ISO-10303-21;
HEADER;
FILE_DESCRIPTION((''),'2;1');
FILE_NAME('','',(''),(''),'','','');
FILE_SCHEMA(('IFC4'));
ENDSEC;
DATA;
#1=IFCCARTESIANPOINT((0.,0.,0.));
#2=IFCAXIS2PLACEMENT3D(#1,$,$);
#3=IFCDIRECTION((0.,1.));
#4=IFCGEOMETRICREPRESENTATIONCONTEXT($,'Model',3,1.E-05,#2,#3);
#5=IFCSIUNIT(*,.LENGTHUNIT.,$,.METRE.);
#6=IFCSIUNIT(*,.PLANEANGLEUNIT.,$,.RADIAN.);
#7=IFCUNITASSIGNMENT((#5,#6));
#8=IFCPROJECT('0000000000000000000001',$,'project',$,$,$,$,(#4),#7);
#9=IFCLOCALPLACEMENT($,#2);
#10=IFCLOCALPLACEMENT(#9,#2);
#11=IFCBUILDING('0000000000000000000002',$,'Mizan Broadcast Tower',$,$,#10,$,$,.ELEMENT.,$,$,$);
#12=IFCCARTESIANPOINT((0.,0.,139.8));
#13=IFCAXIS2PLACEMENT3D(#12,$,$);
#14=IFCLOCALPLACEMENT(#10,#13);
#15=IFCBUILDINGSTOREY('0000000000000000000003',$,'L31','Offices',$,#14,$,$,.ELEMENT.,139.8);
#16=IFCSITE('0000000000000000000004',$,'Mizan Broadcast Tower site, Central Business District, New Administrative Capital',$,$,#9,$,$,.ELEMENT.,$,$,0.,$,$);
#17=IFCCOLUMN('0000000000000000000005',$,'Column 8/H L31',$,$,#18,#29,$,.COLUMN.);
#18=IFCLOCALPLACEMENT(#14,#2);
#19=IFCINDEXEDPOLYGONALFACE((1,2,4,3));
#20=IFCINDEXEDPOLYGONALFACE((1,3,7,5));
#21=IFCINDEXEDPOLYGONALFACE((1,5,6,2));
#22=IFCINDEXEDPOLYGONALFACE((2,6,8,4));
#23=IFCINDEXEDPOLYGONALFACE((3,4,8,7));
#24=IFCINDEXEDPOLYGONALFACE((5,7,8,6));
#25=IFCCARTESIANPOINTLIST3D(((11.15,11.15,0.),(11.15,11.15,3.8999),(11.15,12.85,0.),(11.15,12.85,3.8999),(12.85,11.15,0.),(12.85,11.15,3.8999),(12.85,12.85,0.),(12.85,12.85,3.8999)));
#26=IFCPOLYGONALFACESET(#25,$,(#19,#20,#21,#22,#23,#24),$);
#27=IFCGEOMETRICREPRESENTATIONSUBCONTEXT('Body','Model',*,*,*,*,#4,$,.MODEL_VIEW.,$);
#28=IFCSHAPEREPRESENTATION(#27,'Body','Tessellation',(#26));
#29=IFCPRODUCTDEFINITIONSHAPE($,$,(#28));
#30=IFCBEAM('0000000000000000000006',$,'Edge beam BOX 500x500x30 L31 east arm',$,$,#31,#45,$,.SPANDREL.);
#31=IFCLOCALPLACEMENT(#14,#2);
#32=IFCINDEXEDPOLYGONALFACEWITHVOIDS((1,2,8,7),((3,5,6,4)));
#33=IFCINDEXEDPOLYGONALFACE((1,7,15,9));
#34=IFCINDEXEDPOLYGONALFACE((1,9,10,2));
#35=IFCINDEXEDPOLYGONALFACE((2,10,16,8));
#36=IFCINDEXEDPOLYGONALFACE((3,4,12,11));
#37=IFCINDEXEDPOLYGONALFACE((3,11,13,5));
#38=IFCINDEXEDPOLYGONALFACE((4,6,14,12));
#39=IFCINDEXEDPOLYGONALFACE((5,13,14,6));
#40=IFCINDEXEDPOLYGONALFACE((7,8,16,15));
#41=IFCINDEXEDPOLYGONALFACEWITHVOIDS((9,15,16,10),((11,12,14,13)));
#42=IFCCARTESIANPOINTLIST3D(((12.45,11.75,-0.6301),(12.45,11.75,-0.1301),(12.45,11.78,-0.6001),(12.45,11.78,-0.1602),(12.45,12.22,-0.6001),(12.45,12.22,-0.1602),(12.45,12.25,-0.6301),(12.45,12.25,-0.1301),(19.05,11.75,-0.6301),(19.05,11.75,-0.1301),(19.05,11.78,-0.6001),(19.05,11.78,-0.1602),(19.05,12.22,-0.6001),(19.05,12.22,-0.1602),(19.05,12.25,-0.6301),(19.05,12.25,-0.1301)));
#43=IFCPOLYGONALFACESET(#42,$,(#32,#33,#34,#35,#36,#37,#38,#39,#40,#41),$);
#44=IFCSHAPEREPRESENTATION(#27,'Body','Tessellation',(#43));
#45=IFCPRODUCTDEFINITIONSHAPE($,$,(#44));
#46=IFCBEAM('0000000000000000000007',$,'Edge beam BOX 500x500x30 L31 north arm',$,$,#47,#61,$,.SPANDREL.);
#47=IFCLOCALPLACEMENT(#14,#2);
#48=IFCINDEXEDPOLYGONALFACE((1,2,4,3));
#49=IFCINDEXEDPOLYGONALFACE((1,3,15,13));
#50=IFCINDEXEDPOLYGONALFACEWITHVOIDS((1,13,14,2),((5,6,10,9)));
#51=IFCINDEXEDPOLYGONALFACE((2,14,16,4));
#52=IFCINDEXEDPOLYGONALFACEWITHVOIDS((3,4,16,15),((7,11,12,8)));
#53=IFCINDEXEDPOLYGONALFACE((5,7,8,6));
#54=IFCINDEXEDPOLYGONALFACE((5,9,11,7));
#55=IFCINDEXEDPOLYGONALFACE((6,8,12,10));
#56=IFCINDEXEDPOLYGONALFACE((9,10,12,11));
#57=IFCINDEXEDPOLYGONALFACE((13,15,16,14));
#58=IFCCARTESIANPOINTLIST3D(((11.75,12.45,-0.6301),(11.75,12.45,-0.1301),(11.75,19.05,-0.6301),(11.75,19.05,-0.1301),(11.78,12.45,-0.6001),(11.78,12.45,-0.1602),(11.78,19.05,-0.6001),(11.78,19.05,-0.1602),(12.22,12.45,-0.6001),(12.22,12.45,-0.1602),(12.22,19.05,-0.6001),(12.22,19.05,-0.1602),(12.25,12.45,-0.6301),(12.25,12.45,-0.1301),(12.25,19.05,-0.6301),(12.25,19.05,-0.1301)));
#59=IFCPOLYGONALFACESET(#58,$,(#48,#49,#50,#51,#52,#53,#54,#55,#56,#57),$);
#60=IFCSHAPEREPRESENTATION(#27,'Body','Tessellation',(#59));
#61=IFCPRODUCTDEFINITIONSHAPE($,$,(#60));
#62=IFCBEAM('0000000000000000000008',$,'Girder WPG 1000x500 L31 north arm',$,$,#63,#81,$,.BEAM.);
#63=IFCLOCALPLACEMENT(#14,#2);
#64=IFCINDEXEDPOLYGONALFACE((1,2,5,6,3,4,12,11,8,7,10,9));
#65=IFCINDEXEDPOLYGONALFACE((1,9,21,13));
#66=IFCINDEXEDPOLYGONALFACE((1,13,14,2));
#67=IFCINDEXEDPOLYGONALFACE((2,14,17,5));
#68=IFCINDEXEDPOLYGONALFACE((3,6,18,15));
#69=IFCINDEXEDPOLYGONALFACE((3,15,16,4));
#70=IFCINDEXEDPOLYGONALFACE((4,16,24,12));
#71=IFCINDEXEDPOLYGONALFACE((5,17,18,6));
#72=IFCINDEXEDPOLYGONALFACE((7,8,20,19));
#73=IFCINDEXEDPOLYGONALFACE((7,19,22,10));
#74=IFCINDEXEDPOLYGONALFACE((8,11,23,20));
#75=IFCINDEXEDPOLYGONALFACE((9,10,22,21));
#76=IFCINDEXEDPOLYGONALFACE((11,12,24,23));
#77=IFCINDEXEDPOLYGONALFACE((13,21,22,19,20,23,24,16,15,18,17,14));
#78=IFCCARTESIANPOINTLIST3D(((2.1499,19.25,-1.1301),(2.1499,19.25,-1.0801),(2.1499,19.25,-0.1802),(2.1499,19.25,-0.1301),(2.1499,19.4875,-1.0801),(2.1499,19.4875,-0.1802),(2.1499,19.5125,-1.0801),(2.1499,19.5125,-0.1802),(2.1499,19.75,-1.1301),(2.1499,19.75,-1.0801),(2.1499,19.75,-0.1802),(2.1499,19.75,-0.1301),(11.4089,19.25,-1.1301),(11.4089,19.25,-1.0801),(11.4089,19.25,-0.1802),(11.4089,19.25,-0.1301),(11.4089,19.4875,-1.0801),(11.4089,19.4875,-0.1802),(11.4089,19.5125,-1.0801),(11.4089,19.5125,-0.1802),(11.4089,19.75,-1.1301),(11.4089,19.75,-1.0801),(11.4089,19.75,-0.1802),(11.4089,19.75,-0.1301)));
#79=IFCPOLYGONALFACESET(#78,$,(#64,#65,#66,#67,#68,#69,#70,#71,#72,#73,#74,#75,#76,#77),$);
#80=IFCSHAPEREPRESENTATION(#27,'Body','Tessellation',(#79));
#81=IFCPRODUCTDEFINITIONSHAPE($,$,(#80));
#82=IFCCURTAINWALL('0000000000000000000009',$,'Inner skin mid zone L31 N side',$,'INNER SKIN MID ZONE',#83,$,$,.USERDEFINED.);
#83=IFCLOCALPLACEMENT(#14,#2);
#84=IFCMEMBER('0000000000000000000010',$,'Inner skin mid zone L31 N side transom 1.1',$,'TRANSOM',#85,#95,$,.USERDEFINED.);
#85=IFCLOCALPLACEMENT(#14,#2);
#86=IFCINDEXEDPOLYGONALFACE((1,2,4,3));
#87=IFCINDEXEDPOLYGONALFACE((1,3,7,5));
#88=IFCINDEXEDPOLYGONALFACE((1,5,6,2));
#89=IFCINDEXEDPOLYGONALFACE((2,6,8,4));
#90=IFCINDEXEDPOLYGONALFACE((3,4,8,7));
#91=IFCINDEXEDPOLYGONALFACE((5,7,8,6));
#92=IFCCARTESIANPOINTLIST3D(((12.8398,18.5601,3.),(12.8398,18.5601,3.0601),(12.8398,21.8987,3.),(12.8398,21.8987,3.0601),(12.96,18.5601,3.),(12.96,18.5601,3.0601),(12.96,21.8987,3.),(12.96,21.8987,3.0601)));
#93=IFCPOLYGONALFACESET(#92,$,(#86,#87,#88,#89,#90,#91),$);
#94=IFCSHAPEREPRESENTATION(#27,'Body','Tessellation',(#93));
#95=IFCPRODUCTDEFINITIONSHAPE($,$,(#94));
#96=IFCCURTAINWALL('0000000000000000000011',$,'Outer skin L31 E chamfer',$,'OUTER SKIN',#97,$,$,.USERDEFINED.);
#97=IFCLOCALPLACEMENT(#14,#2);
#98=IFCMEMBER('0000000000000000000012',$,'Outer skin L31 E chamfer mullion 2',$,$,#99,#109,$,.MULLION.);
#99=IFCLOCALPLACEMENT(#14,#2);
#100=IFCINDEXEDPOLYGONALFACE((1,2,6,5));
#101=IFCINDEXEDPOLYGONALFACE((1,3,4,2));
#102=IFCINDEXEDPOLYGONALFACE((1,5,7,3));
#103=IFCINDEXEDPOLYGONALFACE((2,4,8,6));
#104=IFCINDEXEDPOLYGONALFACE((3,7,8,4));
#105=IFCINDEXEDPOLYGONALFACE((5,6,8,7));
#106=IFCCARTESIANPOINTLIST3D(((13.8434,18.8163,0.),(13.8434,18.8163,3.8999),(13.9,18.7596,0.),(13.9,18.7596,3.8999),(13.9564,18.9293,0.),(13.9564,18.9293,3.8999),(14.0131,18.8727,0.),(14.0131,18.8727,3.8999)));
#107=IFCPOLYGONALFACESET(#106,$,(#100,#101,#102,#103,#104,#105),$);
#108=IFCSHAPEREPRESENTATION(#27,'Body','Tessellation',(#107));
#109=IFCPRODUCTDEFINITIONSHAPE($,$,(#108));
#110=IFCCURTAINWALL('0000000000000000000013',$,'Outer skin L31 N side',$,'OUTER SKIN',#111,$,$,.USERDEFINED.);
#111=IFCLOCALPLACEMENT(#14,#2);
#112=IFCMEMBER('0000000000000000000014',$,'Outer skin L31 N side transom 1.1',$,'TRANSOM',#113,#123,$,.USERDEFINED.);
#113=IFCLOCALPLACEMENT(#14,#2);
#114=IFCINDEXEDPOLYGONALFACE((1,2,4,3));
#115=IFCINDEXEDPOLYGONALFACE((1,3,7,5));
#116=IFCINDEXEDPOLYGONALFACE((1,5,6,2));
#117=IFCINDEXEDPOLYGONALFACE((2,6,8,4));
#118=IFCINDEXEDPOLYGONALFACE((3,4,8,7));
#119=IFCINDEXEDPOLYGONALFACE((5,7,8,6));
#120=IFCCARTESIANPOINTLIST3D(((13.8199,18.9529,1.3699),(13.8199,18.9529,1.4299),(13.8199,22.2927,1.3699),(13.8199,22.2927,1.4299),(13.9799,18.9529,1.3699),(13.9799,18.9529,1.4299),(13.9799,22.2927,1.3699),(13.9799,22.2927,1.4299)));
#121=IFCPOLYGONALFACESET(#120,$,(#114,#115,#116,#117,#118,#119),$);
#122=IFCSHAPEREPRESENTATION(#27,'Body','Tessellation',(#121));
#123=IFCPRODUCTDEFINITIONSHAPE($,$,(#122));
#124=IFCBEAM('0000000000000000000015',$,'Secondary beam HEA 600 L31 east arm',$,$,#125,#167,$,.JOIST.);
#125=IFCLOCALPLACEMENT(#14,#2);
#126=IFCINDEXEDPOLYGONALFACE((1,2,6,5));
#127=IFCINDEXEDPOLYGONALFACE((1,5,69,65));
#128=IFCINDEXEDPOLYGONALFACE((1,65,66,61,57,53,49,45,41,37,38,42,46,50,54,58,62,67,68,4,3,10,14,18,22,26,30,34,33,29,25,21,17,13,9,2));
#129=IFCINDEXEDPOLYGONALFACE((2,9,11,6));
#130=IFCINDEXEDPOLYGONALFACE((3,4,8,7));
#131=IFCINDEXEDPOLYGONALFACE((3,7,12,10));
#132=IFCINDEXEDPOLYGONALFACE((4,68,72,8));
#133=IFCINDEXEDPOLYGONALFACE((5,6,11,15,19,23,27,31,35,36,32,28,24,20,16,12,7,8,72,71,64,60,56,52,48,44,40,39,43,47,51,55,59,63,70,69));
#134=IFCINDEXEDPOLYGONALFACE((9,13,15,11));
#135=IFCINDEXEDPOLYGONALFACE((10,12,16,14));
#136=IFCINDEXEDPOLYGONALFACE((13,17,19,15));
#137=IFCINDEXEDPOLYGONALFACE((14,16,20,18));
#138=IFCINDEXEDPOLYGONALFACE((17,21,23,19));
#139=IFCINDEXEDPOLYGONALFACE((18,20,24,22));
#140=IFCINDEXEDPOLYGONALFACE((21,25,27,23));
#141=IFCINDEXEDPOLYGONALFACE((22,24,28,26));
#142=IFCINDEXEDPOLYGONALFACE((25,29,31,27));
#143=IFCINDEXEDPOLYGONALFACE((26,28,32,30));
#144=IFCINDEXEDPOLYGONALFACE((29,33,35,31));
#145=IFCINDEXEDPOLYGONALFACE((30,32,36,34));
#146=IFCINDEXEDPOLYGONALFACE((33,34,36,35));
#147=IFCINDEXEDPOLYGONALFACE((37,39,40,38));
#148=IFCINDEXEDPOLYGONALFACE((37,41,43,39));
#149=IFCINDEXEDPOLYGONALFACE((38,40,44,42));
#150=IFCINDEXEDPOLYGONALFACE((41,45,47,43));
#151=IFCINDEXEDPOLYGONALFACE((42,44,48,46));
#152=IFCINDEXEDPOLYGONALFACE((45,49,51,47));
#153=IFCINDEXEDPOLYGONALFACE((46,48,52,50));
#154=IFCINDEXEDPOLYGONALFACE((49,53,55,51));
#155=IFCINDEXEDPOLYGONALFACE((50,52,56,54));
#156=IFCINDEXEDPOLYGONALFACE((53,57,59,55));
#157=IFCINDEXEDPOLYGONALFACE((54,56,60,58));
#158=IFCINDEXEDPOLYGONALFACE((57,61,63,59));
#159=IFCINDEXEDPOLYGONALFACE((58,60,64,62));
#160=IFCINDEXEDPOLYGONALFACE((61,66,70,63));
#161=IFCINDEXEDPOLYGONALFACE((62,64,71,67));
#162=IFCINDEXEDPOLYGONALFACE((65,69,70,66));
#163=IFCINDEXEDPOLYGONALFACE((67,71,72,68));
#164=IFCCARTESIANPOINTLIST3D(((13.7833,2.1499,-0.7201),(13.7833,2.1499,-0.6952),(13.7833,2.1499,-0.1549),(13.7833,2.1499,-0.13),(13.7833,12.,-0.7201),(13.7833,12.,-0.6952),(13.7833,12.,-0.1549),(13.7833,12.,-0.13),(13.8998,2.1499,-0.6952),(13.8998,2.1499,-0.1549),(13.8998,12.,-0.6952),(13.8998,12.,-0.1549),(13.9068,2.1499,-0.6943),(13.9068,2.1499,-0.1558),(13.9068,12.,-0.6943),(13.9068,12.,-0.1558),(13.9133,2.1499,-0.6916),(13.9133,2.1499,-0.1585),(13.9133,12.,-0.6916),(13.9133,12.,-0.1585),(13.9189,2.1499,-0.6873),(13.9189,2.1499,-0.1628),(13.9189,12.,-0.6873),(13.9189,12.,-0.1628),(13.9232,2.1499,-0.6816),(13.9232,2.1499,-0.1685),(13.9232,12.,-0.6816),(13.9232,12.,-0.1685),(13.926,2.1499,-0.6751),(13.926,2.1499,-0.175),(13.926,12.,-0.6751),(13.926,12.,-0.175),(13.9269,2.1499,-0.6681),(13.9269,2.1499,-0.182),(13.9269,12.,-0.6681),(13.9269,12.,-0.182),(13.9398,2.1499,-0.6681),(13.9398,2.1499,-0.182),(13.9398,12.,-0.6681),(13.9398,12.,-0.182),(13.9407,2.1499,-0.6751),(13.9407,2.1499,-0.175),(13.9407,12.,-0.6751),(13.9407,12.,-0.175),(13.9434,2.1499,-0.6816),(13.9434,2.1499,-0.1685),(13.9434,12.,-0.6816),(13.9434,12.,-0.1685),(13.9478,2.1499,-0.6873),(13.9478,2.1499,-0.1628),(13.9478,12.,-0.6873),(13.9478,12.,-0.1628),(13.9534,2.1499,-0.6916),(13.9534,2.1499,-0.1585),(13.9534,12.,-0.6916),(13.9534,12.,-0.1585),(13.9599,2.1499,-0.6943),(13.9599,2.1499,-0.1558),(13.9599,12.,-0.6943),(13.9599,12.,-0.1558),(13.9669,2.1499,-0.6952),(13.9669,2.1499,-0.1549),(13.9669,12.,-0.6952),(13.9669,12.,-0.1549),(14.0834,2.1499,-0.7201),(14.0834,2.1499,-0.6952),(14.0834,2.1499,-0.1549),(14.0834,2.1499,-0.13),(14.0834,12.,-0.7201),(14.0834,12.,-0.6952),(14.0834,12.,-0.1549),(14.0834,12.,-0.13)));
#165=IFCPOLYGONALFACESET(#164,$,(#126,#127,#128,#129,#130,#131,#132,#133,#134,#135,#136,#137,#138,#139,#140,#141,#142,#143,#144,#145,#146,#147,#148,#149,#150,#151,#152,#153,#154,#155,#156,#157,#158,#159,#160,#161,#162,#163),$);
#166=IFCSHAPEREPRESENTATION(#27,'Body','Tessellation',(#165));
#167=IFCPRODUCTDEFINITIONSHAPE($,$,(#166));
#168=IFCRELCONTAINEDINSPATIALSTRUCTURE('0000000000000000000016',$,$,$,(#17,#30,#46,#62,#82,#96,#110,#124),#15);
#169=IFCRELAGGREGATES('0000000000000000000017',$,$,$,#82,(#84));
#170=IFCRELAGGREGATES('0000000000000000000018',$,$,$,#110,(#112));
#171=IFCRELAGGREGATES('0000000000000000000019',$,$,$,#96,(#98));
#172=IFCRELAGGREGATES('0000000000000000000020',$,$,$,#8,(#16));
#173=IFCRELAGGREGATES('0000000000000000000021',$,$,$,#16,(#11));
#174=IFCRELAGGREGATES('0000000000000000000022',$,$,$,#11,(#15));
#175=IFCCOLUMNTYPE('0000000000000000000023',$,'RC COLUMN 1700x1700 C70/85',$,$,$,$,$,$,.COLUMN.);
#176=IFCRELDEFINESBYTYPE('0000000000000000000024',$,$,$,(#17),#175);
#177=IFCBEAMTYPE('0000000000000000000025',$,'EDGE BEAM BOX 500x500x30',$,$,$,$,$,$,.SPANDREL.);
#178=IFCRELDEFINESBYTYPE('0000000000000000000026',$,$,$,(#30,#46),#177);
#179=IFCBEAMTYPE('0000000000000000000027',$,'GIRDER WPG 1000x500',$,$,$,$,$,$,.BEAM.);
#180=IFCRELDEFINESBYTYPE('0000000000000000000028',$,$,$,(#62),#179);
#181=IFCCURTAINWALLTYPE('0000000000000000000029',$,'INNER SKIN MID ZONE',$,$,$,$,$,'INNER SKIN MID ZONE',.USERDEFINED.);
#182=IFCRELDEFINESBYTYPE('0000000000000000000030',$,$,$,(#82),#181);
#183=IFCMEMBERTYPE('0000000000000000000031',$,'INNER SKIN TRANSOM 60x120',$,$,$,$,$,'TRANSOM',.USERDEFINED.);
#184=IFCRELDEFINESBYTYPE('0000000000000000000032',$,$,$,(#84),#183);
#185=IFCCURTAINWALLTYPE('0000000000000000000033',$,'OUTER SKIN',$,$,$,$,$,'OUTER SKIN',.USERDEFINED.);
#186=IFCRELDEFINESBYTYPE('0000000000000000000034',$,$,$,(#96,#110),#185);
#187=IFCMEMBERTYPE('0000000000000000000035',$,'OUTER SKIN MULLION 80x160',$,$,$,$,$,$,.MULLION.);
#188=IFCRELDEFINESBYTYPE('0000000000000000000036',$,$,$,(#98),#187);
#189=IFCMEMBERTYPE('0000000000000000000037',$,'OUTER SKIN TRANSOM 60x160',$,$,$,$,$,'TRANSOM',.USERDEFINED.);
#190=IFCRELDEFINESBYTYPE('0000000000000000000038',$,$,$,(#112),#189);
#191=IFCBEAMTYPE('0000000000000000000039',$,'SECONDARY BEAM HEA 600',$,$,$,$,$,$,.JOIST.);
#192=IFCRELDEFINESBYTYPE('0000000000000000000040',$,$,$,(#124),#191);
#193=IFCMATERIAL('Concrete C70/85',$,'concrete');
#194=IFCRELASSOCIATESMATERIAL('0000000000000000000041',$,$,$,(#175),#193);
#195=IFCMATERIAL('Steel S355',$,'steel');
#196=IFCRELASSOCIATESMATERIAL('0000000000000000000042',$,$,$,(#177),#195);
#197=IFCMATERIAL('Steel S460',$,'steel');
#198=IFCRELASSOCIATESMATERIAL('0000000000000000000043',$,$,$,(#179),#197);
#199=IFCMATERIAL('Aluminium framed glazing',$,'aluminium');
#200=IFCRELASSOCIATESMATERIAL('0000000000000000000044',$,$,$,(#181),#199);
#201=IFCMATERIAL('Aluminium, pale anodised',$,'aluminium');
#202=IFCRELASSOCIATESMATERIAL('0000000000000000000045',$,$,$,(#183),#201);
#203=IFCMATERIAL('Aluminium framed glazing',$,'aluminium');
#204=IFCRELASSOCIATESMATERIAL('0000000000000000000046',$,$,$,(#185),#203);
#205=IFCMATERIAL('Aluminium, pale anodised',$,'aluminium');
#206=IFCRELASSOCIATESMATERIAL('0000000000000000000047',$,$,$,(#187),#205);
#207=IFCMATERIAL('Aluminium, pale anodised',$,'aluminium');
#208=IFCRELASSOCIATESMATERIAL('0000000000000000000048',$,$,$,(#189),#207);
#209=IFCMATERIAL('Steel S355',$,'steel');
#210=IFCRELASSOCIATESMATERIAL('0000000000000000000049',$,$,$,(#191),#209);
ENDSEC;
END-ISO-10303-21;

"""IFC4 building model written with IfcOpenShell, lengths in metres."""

from ifc_helpers import new_model, si_unit, direction, frame, origin, origin_2d, place, context, subcontext, project, spatial, rectangle, hollow_rectangle, i_section, extrude, material, material_profile, profile_set, type_object, element, aggregate, save


model = new_model("IFC4")

# Units and contexts
model_context = context("Model", 3, precision=1e-05, world=origin(), true_north=direction((0.0, 1.0)))
body_context = subcontext(model_context, "Body", "Model", "MODEL_VIEW")
ifc_project = project(units=[si_unit("LENGTHUNIT", "METRE"), si_unit("PLANEANGLEUNIT", "RADIAN")], contexts=[model_context])

# Site, building, storey
site_placement = place(None, origin())
site = spatial("IfcSite", under=ifc_project, at=site_placement, Name="Mizan Broadcast Tower site, Central Business District, New Administrative Capital", CompositionType="ELEMENT", RefElevation=0.0)
building_placement = place(site_placement, origin())
building = spatial("IfcBuilding", under=site, at=building_placement, Name="Mizan Broadcast Tower", CompositionType="ELEMENT")
storey_placement = place(building_placement, frame((0.0, 0.0, 139.8)))
storey = spatial("IfcBuildingStorey", under=building, at=storey_placement, Name="L31", Description="Offices", CompositionType="ELEMENT", Elevation=139.8)

# Column
ifc_material_1 = material(Name="Concrete C70/85", Category="concrete")
ifc_material_profile_1 = material_profile(ifc_material_1, rectangle(XDim=1.7, YDim=1.7, at=origin_2d()), Name="RC 1700x1700")
ifc_profile_set_1 = profile_set([ifc_material_profile_1], Name="Concrete C70/85")
column_type = type_object("IfcColumnType", Name="RC COLUMN 1700x1700 C70/85", PredefinedType="COLUMN", material=ifc_profile_set_1)
column_placement = place(storey_placement, frame((12.0, 12.0, 0.0), z_axis=(0.0, 0.0, 1.0), x_axis=(1.0, 0.0, 0.0)))
element("IfcColumn", 1, at=column_placement, inside=storey, type_object=column_type, Name="Column 8/H L31", PredefinedType="COLUMN", context=body_context, shape_type="SweptSolid", body=[
    extrude(rectangle(XDim=1.7, YDim=1.7, at=origin_2d()), origin(), (0.0, 0.0, 1.0), 3.8999),
])

# Beams
ifc_material_2 = material(Name="Steel S355", Category="steel")
ifc_material_profile_2 = material_profile(ifc_material_2, hollow_rectangle(XDim=0.5, YDim=0.5, WallThickness=0.03, at=origin_2d()), Name="BOX 500x500x30")
ifc_profile_set_2 = profile_set([ifc_material_profile_2], Name="Steel S355")
beam_type_1 = type_object("IfcBeamType", Name="EDGE BEAM BOX 500x500x30", PredefinedType="SPANDREL", material=ifc_profile_set_2)
for number, where, z_axis, x_axis, name in (
    (2, (12.45, 12.0, -0.3801), (1.0, 0.0, 0.0), (0.0, 1.0, 0.0), "Edge beam BOX 500x500x30 L31 east arm"),
    (3, (12.0, 12.45, -0.3801), (0.0, 1.0, 0.0), (-1.0, 0.0, 0.0), "Edge beam BOX 500x500x30 L31 north arm"),
):
    element("IfcBeam", number, at=place(storey_placement, frame(where, z_axis=z_axis, x_axis=x_axis)), inside=storey, type_object=beam_type_1, Name=name, PredefinedType="SPANDREL", context=body_context, shape_type="SweptSolid", body=[
        extrude(hollow_rectangle(XDim=0.5, YDim=0.5, WallThickness=0.03, at=origin_2d()), origin(), (0.0, 0.0, 1.0), 6.6001),
    ])
ifc_material_3 = material(Name="Steel S460", Category="steel")
ifc_material_profile_3 = material_profile(ifc_material_3, i_section(OverallWidth=0.5, OverallDepth=1.0, WebThickness=0.0249, FlangeThickness=0.05, at=origin_2d()), Name="WPG 1000x500")
ifc_profile_set_3 = profile_set([ifc_material_profile_3], Name="Steel S460")
beam_type_2 = type_object("IfcBeamType", Name="GIRDER WPG 1000x500", PredefinedType="BEAM", material=ifc_profile_set_3)
beam_1_placement = place(storey_placement, frame((11.4089, 19.5, -0.6301), z_axis=(-1.0, 0.0, 0.0), x_axis=(0.0, -1.0, 0.0)))
element("IfcBeam", 4, at=beam_1_placement, inside=storey, type_object=beam_type_2, Name="Girder WPG 1000x500 L31 north arm", PredefinedType="BEAM", context=body_context, shape_type="SweptSolid", body=[
    extrude(i_section(OverallWidth=0.5, OverallDepth=1.0, WebThickness=0.0249, FlangeThickness=0.05, at=origin_2d()), origin(), (0.0, 0.0, 1.0), 9.259),
])

# Curtain walls, members
ifc_material_4 = material(Name="Aluminium framed glazing", Category="aluminium")
curtain_wall_type_1 = type_object("IfcCurtainWallType", Name="INNER SKIN MID ZONE", ElementType="INNER SKIN MID ZONE", PredefinedType="USERDEFINED", material=ifc_material_4)
curtain_wall_1_placement = place(storey_placement, origin())
curtain_wall_1 = element("IfcCurtainWall", 5, at=curtain_wall_1_placement, inside=storey, type_object=curtain_wall_type_1, Name="Inner skin mid zone L31 N side", ObjectType="INNER SKIN MID ZONE", PredefinedType="USERDEFINED")
ifc_material_5 = material(Name="Aluminium, pale anodised", Category="aluminium")
ifc_material_profile_4 = material_profile(ifc_material_5, rectangle(XDim=0.1201, YDim=0.0601, at=origin_2d()), Name="TRANSOM 120x60")
ifc_profile_set_4 = profile_set([ifc_material_profile_4], Name="Aluminium, pale anodised")
member_type_1 = type_object("IfcMemberType", Name="INNER SKIN TRANSOM 60x120", ElementType="TRANSOM", PredefinedType="USERDEFINED", material=ifc_profile_set_4)
member_1_placement = place(storey_placement, frame((12.8999, 18.5601, 3.03), z_axis=(0.0, 1.0, 0.0), x_axis=(-1.0, 0.0, 0.0)))
member_1 = element("IfcMember", 6, at=member_1_placement, type_object=member_type_1, Name="Inner skin mid zone L31 N side transom 1.1", ObjectType="TRANSOM", PredefinedType="USERDEFINED", context=body_context, shape_type="SweptSolid", body=[
    extrude(rectangle(XDim=0.1201, YDim=0.0601, at=origin_2d()), origin(), (0.0, 0.0, 1.0), 3.3386),
])
aggregate(curtain_wall_1, [member_1])
ifc_material_6 = material(Name="Aluminium framed glazing", Category="aluminium")
curtain_wall_type_2 = type_object("IfcCurtainWallType", Name="OUTER SKIN", ElementType="OUTER SKIN", PredefinedType="USERDEFINED", material=ifc_material_6)
curtain_wall_2_placement = place(storey_placement, origin())
curtain_wall_2 = element("IfcCurtainWall", 7, at=curtain_wall_2_placement, inside=storey, type_object=curtain_wall_type_2, Name="Outer skin L31 E chamfer", ObjectType="OUTER SKIN", PredefinedType="USERDEFINED")
ifc_material_7 = material(Name="Aluminium, pale anodised", Category="aluminium")
ifc_material_profile_5 = material_profile(ifc_material_7, rectangle(XDim=0.1599, YDim=0.0801, at=origin_2d()), Name="MULLION 160x80")
ifc_profile_set_5 = profile_set([ifc_material_profile_5], Name="Aluminium, pale anodised")
member_type_2 = type_object("IfcMemberType", Name="OUTER SKIN MULLION 80x160", PredefinedType="MULLION", material=ifc_profile_set_5)
member_2_placement = place(storey_placement, frame((13.9282, 18.8445, 0.0), z_axis=(0.0, 0.0, 1.0), x_axis=(-0.707107, -0.707107, 0.0)))
member_2 = element("IfcMember", 8, at=member_2_placement, type_object=member_type_2, Name="Outer skin L31 E chamfer mullion 2", PredefinedType="MULLION", context=body_context, shape_type="SweptSolid", body=[
    extrude(rectangle(XDim=0.1599, YDim=0.0801, at=origin_2d()), origin(), (0.0, 0.0, 1.0), 3.8999),
])
curtain_wall_3_placement = place(storey_placement, origin())
curtain_wall_3 = element("IfcCurtainWall", 9, at=curtain_wall_3_placement, inside=storey, type_object=curtain_wall_type_2, Name="Outer skin L31 N side", ObjectType="OUTER SKIN", PredefinedType="USERDEFINED")
ifc_material_8 = material(Name="Aluminium, pale anodised", Category="aluminium")
ifc_material_profile_6 = material_profile(ifc_material_8, rectangle(XDim=0.1599, YDim=0.0601, at=origin_2d()), Name="TRANSOM 160x60")
ifc_profile_set_6 = profile_set([ifc_material_profile_6], Name="Aluminium, pale anodised")
member_type_3 = type_object("IfcMemberType", Name="OUTER SKIN TRANSOM 60x160", ElementType="TRANSOM", PredefinedType="USERDEFINED", material=ifc_profile_set_6)
member_3_placement = place(storey_placement, frame((13.8999, 18.9529, 1.3999), z_axis=(0.0, 1.0, 0.0), x_axis=(-1.0, 0.0, 0.0)))
member_3 = element("IfcMember", 10, at=member_3_placement, type_object=member_type_3, Name="Outer skin L31 N side transom 1.1", ObjectType="TRANSOM", PredefinedType="USERDEFINED", context=body_context, shape_type="SweptSolid", body=[
    extrude(rectangle(XDim=0.1599, YDim=0.0601, at=origin_2d()), origin(), (0.0, 0.0, 1.0), 3.3398),
])
aggregate(curtain_wall_3, [member_3])

# Beam
ifc_material_9 = material(Name="Steel S355", Category="steel")
ifc_material_profile_7 = material_profile(ifc_material_9, i_section(OverallWidth=0.3, OverallDepth=0.5901, WebThickness=0.0129, FlangeThickness=0.0249, FilletRadius=0.0271, at=origin_2d()), Name="HEA 600")
ifc_profile_set_7 = profile_set([ifc_material_profile_7], Name="Steel S355")
beam_type_3 = type_object("IfcBeamType", Name="SECONDARY BEAM HEA 600", PredefinedType="JOIST", material=ifc_profile_set_7)
for number, where, z_axis, x_axis, name in (
    (11, (13.9333, 12.0, -0.425), (0.0, -1.0, 0.0), (1.0, 0.0, 0.0), "Secondary beam HEA 600 L31 east arm"),
):
    element("IfcBeam", number, at=place(storey_placement, frame(where, z_axis=z_axis, x_axis=x_axis)), inside=storey, type_object=beam_type_3, Name=name, PredefinedType="JOIST", context=body_context, shape_type="SweptSolid", body=[
        extrude(i_section(OverallWidth=0.3, OverallDepth=0.5901, WebThickness=0.0129, FlangeThickness=0.0249, FilletRadius=0.0271, at=origin_2d()), origin(), (0.0, 0.0, 1.0), 9.8501),
    ])

aggregate(curtain_wall_2, [member_2])

save(model, "model.ifc")
